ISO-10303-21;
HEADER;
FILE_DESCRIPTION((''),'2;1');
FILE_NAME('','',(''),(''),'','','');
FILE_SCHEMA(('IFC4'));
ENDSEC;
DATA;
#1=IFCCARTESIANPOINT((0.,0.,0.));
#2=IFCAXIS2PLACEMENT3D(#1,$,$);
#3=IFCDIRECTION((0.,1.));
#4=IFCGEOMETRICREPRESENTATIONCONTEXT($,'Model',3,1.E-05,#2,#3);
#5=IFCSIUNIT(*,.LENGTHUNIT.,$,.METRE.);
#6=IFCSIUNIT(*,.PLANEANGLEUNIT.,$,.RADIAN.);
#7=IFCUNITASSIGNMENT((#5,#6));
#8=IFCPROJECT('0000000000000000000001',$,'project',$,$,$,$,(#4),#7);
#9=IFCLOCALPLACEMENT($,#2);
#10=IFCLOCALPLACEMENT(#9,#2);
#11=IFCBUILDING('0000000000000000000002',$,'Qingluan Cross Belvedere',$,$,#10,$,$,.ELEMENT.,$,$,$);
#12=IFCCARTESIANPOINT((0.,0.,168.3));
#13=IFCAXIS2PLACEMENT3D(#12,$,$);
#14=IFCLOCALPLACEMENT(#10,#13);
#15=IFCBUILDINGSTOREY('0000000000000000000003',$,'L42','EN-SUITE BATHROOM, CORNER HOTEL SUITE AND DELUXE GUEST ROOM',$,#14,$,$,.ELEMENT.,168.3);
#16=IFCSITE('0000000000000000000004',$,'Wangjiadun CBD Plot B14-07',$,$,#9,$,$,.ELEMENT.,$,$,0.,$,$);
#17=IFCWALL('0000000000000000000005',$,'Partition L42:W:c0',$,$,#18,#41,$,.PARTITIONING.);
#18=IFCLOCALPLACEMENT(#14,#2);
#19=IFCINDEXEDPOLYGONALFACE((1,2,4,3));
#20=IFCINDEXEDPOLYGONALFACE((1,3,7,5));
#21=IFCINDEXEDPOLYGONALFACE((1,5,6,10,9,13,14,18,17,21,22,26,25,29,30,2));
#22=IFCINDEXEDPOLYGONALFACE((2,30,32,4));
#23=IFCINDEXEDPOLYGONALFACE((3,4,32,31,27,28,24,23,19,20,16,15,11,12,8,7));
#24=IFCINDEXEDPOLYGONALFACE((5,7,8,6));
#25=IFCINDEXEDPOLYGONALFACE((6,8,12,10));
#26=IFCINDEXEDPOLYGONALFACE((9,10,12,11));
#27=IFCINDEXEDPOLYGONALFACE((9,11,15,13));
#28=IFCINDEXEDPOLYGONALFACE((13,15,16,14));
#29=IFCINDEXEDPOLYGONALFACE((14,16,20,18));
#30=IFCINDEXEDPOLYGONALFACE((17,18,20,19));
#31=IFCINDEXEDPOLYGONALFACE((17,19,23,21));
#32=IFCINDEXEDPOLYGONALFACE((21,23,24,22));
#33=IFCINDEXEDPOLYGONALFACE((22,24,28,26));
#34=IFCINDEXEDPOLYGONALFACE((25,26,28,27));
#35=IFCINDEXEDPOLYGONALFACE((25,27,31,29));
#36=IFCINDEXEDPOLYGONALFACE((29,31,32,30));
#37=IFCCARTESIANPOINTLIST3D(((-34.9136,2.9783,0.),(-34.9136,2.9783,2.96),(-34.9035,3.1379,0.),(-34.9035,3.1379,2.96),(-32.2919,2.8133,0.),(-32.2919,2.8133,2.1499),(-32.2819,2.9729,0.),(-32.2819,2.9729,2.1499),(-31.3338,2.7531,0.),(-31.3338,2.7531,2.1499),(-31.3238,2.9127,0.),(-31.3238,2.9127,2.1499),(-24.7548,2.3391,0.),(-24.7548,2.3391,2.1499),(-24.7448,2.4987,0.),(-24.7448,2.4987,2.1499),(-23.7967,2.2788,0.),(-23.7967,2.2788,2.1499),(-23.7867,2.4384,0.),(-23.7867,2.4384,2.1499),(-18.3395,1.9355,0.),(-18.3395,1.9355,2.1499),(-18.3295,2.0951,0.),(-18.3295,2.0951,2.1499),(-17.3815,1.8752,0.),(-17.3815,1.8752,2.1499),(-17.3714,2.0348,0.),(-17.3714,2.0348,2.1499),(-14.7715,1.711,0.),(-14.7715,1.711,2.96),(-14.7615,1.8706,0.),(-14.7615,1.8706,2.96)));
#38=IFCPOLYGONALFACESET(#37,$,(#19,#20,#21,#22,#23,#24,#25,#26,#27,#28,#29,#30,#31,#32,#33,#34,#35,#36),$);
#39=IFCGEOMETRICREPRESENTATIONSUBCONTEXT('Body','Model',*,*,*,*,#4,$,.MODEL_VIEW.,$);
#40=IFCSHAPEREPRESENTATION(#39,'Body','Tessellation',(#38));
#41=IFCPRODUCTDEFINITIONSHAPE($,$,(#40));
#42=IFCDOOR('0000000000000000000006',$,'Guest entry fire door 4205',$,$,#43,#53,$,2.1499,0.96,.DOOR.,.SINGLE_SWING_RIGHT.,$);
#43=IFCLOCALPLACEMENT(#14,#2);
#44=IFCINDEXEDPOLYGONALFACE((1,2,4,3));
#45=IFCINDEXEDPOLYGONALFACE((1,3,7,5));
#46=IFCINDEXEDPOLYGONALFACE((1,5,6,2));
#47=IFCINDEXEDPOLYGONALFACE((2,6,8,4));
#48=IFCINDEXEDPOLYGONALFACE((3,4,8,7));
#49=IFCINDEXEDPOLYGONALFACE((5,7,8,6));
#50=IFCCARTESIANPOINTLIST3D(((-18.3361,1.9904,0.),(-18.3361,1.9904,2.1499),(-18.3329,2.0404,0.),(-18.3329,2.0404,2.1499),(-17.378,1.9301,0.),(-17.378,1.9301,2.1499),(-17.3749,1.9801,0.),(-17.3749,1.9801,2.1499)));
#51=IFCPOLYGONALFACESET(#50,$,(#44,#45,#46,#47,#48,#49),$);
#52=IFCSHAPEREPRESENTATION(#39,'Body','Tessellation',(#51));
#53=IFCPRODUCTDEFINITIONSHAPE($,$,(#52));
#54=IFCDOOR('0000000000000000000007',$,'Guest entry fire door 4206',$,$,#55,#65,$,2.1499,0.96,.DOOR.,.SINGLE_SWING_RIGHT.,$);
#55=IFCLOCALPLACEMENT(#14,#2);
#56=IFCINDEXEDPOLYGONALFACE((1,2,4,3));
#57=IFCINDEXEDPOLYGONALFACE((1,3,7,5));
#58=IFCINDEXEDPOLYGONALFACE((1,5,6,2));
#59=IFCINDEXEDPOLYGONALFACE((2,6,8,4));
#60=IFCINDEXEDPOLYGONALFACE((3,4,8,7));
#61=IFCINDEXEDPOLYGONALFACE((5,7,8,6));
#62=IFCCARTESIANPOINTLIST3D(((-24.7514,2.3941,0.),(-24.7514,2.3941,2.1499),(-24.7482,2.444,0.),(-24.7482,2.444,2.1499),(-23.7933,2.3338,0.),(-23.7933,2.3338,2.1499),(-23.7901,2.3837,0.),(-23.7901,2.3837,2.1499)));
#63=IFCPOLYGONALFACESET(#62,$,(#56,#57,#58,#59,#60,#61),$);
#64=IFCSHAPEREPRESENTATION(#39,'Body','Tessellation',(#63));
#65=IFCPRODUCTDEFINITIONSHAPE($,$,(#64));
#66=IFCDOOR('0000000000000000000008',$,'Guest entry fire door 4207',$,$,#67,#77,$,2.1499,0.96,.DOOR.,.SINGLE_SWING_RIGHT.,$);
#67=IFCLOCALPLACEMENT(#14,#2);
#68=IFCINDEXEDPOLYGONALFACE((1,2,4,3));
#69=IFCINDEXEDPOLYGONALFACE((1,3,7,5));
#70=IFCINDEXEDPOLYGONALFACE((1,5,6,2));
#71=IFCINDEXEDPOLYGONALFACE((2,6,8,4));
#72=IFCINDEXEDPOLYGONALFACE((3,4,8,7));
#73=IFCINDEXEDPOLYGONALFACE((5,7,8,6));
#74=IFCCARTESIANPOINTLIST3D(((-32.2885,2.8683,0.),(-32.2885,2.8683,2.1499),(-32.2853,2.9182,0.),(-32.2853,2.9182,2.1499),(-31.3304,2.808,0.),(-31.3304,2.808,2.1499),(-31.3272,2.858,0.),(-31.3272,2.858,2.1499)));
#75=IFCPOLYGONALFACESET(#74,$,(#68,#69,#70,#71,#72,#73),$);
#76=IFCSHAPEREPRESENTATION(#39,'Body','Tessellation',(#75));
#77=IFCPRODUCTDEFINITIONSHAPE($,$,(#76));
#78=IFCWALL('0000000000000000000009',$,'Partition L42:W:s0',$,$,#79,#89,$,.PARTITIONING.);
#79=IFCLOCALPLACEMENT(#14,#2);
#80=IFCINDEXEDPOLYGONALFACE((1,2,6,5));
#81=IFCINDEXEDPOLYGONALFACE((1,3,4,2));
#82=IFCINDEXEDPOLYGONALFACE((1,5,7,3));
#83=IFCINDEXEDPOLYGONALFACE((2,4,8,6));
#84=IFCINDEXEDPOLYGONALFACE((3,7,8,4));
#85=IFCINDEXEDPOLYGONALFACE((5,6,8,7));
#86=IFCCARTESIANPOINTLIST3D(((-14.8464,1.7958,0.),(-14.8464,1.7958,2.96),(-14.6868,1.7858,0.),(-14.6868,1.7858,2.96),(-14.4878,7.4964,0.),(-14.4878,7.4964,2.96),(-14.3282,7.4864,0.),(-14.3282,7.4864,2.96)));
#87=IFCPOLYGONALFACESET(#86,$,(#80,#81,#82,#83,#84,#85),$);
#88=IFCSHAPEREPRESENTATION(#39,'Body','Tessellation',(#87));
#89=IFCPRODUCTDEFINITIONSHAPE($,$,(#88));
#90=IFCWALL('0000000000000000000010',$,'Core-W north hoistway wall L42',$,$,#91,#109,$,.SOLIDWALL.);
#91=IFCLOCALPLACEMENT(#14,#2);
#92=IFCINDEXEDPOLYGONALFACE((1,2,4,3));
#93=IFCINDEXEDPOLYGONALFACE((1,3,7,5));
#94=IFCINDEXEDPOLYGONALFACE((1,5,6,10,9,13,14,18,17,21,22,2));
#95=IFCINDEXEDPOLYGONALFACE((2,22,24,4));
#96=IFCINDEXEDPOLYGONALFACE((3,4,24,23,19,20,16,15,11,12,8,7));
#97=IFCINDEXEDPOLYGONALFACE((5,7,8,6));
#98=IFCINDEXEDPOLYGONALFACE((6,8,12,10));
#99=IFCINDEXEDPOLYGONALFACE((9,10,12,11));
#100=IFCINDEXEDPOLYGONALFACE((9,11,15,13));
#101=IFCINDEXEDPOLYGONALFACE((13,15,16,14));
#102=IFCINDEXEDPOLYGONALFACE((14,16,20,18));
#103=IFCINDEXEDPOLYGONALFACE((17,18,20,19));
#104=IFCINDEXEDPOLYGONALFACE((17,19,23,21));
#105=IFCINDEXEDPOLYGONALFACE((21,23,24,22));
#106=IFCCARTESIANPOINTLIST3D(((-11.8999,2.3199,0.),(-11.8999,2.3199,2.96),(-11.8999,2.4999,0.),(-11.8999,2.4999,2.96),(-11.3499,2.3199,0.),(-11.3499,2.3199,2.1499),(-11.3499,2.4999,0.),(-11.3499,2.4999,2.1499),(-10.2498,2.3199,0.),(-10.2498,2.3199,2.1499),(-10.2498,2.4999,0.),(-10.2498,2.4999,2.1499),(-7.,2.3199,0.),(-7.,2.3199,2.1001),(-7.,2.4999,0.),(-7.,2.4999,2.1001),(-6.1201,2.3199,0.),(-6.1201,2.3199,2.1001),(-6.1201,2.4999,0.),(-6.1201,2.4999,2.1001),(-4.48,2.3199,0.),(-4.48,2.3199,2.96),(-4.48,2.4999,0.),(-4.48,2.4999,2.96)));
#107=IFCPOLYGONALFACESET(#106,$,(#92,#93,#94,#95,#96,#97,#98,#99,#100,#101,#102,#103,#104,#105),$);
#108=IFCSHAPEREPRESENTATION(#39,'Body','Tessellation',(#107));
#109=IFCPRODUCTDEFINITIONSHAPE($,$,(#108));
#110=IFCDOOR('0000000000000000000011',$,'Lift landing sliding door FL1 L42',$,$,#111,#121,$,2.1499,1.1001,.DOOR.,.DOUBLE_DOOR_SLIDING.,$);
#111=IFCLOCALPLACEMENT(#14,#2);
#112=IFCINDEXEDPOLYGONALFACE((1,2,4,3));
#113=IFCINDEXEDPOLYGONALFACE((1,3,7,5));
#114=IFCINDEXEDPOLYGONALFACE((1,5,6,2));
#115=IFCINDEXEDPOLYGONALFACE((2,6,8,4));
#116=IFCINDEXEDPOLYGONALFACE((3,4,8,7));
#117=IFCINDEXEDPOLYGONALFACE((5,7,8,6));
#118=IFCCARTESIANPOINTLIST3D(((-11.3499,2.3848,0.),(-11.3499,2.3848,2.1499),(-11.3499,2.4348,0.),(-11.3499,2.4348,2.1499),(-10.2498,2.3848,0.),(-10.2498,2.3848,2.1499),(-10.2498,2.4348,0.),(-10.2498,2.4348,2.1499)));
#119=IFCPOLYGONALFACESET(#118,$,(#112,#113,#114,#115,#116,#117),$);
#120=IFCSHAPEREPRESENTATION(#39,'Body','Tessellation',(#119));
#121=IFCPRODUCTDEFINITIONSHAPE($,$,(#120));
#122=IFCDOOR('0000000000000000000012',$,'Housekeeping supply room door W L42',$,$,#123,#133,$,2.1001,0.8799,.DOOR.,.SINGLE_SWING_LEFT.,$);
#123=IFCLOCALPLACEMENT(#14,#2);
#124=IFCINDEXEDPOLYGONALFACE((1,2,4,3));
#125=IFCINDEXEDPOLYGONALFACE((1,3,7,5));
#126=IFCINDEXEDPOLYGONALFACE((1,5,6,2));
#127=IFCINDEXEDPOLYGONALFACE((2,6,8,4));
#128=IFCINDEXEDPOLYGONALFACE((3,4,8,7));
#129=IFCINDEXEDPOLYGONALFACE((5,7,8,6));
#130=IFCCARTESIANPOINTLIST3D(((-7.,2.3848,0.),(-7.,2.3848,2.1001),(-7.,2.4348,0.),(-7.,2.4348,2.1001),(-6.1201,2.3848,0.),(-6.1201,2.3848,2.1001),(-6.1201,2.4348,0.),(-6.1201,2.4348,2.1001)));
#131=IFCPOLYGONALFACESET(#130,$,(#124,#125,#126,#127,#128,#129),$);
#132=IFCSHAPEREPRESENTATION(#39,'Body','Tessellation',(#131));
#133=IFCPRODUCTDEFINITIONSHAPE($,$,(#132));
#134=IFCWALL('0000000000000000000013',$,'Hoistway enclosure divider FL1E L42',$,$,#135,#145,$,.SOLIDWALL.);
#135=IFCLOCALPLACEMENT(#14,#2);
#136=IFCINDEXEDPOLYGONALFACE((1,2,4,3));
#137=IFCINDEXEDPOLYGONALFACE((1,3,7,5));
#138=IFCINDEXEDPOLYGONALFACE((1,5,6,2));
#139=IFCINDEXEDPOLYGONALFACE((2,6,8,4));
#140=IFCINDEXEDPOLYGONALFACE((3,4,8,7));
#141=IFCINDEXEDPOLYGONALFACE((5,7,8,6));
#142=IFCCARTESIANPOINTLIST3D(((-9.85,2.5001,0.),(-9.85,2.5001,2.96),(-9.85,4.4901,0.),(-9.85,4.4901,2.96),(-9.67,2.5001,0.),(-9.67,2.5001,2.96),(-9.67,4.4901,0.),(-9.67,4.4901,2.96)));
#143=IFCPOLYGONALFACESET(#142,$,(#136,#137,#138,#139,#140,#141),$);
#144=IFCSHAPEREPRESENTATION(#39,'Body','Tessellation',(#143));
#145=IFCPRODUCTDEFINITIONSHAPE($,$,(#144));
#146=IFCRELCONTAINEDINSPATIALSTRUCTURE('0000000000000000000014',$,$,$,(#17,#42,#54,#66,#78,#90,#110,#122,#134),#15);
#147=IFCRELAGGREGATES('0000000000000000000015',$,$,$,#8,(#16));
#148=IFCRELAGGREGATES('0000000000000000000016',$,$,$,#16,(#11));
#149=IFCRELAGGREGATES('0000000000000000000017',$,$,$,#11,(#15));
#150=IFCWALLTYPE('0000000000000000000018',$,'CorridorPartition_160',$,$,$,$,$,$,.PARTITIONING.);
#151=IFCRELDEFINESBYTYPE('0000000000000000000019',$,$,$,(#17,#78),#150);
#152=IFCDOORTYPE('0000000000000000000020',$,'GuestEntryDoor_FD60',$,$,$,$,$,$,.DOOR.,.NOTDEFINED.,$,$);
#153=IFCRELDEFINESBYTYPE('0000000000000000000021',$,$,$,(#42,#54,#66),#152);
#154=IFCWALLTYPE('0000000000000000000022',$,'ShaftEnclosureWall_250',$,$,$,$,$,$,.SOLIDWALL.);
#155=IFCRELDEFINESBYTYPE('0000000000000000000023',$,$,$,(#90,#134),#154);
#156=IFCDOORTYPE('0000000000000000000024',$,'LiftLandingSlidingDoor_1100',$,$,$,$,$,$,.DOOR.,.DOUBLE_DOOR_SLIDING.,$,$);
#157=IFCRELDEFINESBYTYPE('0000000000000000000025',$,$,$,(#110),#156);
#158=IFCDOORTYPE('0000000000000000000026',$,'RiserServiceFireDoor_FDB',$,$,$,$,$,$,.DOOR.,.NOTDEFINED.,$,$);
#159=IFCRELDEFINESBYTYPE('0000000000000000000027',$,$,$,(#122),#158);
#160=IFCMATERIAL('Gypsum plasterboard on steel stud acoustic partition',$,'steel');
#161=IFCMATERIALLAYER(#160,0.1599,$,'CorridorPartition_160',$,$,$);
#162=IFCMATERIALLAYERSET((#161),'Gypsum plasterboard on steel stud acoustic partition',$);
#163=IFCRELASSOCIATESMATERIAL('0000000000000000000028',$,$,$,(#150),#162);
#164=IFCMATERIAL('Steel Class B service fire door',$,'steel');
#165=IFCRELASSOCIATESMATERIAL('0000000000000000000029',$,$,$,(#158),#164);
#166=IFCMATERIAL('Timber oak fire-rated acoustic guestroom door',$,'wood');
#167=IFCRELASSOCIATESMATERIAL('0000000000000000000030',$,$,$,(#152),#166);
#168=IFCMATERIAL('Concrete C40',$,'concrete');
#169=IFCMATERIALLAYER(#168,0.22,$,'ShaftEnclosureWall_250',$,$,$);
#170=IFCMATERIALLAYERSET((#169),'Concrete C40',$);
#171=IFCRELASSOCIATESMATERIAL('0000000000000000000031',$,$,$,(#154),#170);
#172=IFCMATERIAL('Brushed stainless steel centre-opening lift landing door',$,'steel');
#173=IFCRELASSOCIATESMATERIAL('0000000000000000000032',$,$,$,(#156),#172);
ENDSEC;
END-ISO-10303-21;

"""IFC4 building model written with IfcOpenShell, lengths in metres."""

from ifc_helpers import new_model, si_unit, direction, frame, frame_2d, origin, place, context, subcontext, project, spatial, rectangle, extrude, material, layer, layer_set, type_object, element, fill, save


model = new_model("IFC4")

# Units and contexts
model_context = context("Model", 3, precision=1e-05, world=origin(), true_north=direction((0.0, 1.0)))
body_context = subcontext(model_context, "Body", "Model", "MODEL_VIEW")
ifc_project = project(units=[si_unit("LENGTHUNIT", "METRE"), si_unit("PLANEANGLEUNIT", "RADIAN")], contexts=[model_context])

# Site, building, storey
site_placement = place(None, origin())
site = spatial("IfcSite", under=ifc_project, at=site_placement, Name="Wangjiadun CBD Plot B14-07", CompositionType="ELEMENT", RefElevation=0.0)
building_placement = place(site_placement, origin())
building = spatial("IfcBuilding", under=site, at=building_placement, Name="Qingluan Cross Belvedere", CompositionType="ELEMENT")
storey_placement = place(building_placement, frame((0.0, 0.0, 168.3)))
storey = spatial("IfcBuildingStorey", under=building, at=storey_placement, Name="L42", Description="EN-SUITE BATHROOM, CORNER HOTEL SUITE AND DELUXE GUEST ROOM", CompositionType="ELEMENT", Elevation=168.3)

# Shared definitions
ifc_material_1 = material(Name="Gypsum plasterboard on steel stud acoustic partition", Category="steel")
ifc_layer_1 = layer(ifc_material_1, 0.1599, Name="CorridorPartition_160")
ifc_layer_set_1 = layer_set([ifc_layer_1], Name="Gypsum plasterboard on steel stud acoustic partition")
wall_type_1 = type_object("IfcWallType", Name="CorridorPartition_160", PredefinedType="PARTITIONING", material=ifc_layer_set_1)
ifc_material_2 = material(Name="Steel Class B service fire door", Category="steel")
door_type_1 = type_object("IfcDoorType", Name="RiserServiceFireDoor_FDB", OperationType="NOTDEFINED", PredefinedType="DOOR", material=ifc_material_2)

# Wall, openings, doors
wall_1_placement = place(storey_placement, frame((-14.7666, 1.7908, 0.0), z_axis=(0.0, 0.0, 1.0), x_axis=(-0.998026, 0.062796, 0.0)))
wall_1 = element("IfcWall", 1, at=wall_1_placement, inside=storey, type_object=wall_type_1, Name="Partition L42:W:c0", PredefinedType="PARTITIONING", context=body_context, shape_type="SweptSolid", body=[
    extrude(rectangle(XDim=20.1819, YDim=0.1599, at=frame_2d((10.0908, 0.0))), origin(), (0.0, 0.0, 1.0), 2.96),
])
opening_1_placement = place(wall_1_placement, frame((2.615, 0.0, 0.0)))
opening_1 = element("IfcOpeningElement", 2, at=opening_1_placement, cuts=wall_1, PredefinedType="OPENING", context=body_context, shape_type="SweptSolid", body=[
    extrude(rectangle(XDim=0.96, YDim=2.1499, at=frame_2d((0.48, 1.075))), frame((0.0, 0.0898, 0.0), z_axis=(0.0, -1.0, 0.0), x_axis=(1.0, 0.0, 0.0)), (0.0, 0.0, 1.0), 0.1799),
])
opening_2_placement = place(wall_1_placement, frame((9.043, 0.0, 0.0)))
opening_2 = element("IfcOpeningElement", 3, at=opening_2_placement, cuts=wall_1, PredefinedType="OPENING", context=body_context, shape_type="SweptSolid", body=[
    extrude(rectangle(XDim=0.96, YDim=2.1499, at=frame_2d((0.48, 1.075))), frame((0.0, 0.0898, 0.0), z_axis=(0.0, -1.0, 0.0), x_axis=(1.0, 0.0, 0.0)), (0.0, 0.0, 1.0), 0.1799),
])
opening_3_placement = place(wall_1_placement, frame((16.595, 0.0, 0.0)))
opening_3 = element("IfcOpeningElement", 4, at=opening_3_placement, cuts=wall_1, PredefinedType="OPENING", context=body_context, shape_type="SweptSolid", body=[
    extrude(rectangle(XDim=0.96, YDim=2.1499, at=frame_2d((0.48, 1.075))), frame((0.0, 0.0898, 0.0), z_axis=(0.0, -1.0, 0.0), x_axis=(1.0, 0.0, 0.0)), (0.0, 0.0, 1.0), 0.1799),
])
ifc_material_3 = material(Name="Timber oak fire-rated acoustic guestroom door", Category="wood")
door_type_2 = type_object("IfcDoorType", Name="GuestEntryDoor_FD60", OperationType="NOTDEFINED", PredefinedType="DOOR", material=ifc_material_3)
door_1_placement = place(opening_1_placement, origin())
door_1 = element("IfcDoor", 5, at=door_1_placement, inside=storey, type_object=door_type_2, Name="Guest entry fire door 4205", OperationType="SINGLE_SWING_RIGHT", OverallHeight=2.1499, OverallWidth=0.96, PredefinedType="DOOR", context=body_context, shape_type="SweptSolid", body=[
    extrude(rectangle(XDim=0.96, YDim=2.1499, at=frame_2d((0.48, 1.075))), frame((0.0, 0.0249, 0.0), z_axis=(0.0, -1.0, 0.0), x_axis=(1.0, 0.0, 0.0)), (0.0, 0.0, 1.0), 0.05),
])
fill(opening_1, door_1)
door_2_placement = place(opening_2_placement, origin())
door_2 = element("IfcDoor", 6, at=door_2_placement, inside=storey, type_object=door_type_2, Name="Guest entry fire door 4206", OperationType="SINGLE_SWING_RIGHT", OverallHeight=2.1499, OverallWidth=0.96, PredefinedType="DOOR", context=body_context, shape_type="SweptSolid", body=[
    extrude(rectangle(XDim=0.96, YDim=2.1499, at=frame_2d((0.48, 1.075))), frame((0.0, 0.0249, 0.0), z_axis=(0.0, -1.0, 0.0), x_axis=(1.0, 0.0, 0.0)), (0.0, 0.0, 1.0), 0.05),
])
fill(opening_2, door_2)
door_3_placement = place(opening_3_placement, origin())
door_3 = element("IfcDoor", 7, at=door_3_placement, inside=storey, type_object=door_type_2, Name="Guest entry fire door 4207", OperationType="SINGLE_SWING_RIGHT", OverallHeight=2.1499, OverallWidth=0.96, PredefinedType="DOOR", context=body_context, shape_type="SweptSolid", body=[
    extrude(rectangle(XDim=0.96, YDim=2.1499, at=frame_2d((0.48, 1.075))), frame((0.0, 0.0249, 0.0), z_axis=(0.0, -1.0, 0.0), x_axis=(1.0, 0.0, 0.0)), (0.0, 0.0, 1.0), 0.05),
])
fill(opening_3, door_3)

# Wall
wall_2_placement = place(storey_placement, frame((-14.7666, 1.7908, 0.0), z_axis=(0.0, 0.0, 1.0), x_axis=(0.062788, 0.998027, 0.0)))
element("IfcWall", 8, at=wall_2_placement, inside=storey, type_object=wall_type_1, Name="Partition L42:W:s0", PredefinedType="PARTITIONING", context=body_context, shape_type="SweptSolid", body=[
    extrude(rectangle(XDim=5.7119, YDim=0.1599, at=frame_2d((2.856, 0.0))), origin(), (0.0, 0.0, 1.0), 2.96),
])

# Wall, openings, doors
ifc_material_4 = material(Name="Concrete C40", Category="concrete")
ifc_layer_2 = layer(ifc_material_4, 0.22, Name="ShaftEnclosureWall_250")
ifc_layer_set_2 = layer_set([ifc_layer_2], Name="Concrete C40")
wall_type_2 = type_object("IfcWallType", Name="ShaftEnclosureWall_250", PredefinedType="SOLIDWALL", material=ifc_layer_set_2)
wall_3_placement = place(storey_placement, frame((-11.8999, 2.4099, 0.0), z_axis=(0.0, 0.0, 1.0), x_axis=(1.0, 0.0, 0.0)))
wall_3 = element("IfcWall", 9, at=wall_3_placement, inside=storey, type_object=wall_type_2, Name="Core-W north hoistway wall L42", PredefinedType="SOLIDWALL", context=body_context, shape_type="SweptSolid", body=[
    extrude(rectangle(XDim=7.4199, YDim=0.1799, at=frame_2d((3.71, 0.0))), origin(), (0.0, 0.0, 1.0), 2.96),
])
opening_4_placement = place(wall_3_placement, frame((0.55, 0.0, 0.0)))
opening_4 = element("IfcOpeningElement", 10, at=opening_4_placement, cuts=wall_3, PredefinedType="OPENING", context=body_context, shape_type="SweptSolid", body=[
    extrude(rectangle(XDim=1.1001, YDim=2.1499, at=frame_2d((0.55, 1.075))), frame((0.0, 0.0999, 0.0), z_axis=(0.0, -1.0, 0.0), x_axis=(1.0, 0.0, 0.0)), (0.0, 0.0, 1.0), 0.2),
])
opening_5_placement = place(wall_3_placement, frame((4.8999, 0.0, 0.0)))
opening_5 = element("IfcOpeningElement", 11, at=opening_5_placement, cuts=wall_3, PredefinedType="OPENING", context=body_context, shape_type="SweptSolid", body=[
    extrude(rectangle(XDim=0.8799, YDim=2.1001, at=frame_2d((0.4399, 1.05))), frame((0.0, 0.0999, 0.0), z_axis=(0.0, -1.0, 0.0), x_axis=(1.0, 0.0, 0.0)), (0.0, 0.0, 1.0), 0.2),
])
ifc_material_5 = material(Name="Brushed stainless steel centre-opening lift landing door", Category="steel")
door_type_3 = type_object("IfcDoorType", Name="LiftLandingSlidingDoor_1100", OperationType="DOUBLE_DOOR_SLIDING", PredefinedType="DOOR", material=ifc_material_5)
door_4_placement = place(opening_4_placement, origin())
door_4 = element("IfcDoor", 12, at=door_4_placement, inside=storey, type_object=door_type_3, Name="Lift landing sliding door FL1 L42", OperationType="DOUBLE_DOOR_SLIDING", OverallHeight=2.1499, OverallWidth=1.1001, PredefinedType="DOOR", context=body_context, shape_type="SweptSolid", body=[
    extrude(rectangle(XDim=1.1001, YDim=2.1499, at=frame_2d((0.55, 1.075))), frame((0.0, 0.0249, 0.0), z_axis=(0.0, -1.0, 0.0), x_axis=(1.0, 0.0, 0.0)), (0.0, 0.0, 1.0), 0.05),
])
fill(opening_4, door_4)
door_5_placement = place(opening_5_placement, origin())
door_5 = element("IfcDoor", 13, at=door_5_placement, inside=storey, type_object=door_type_1, Name="Housekeeping supply room door W L42", OperationType="SINGLE_SWING_LEFT", OverallHeight=2.1001, OverallWidth=0.8799, PredefinedType="DOOR", context=body_context, shape_type="SweptSolid", body=[
    extrude(rectangle(XDim=0.8799, YDim=2.1001, at=frame_2d((0.4399, 1.05))), frame((0.0, 0.0249, 0.0), z_axis=(0.0, -1.0, 0.0), x_axis=(1.0, 0.0, 0.0)), (0.0, 0.0, 1.0), 0.05),
])
fill(opening_5, door_5)

# Wall
wall_4_placement = place(storey_placement, frame((-9.76, 2.5, 0.0), z_axis=(0.0, 0.0, 1.0), x_axis=(0.0, 1.0, 0.0)))
element("IfcWall", 14, at=wall_4_placement, inside=storey, type_object=wall_type_2, Name="Hoistway enclosure divider FL1E L42", PredefinedType="SOLIDWALL", context=body_context, shape_type="SweptSolid", body=[
    extrude(rectangle(XDim=1.99, YDim=0.1799, at=frame_2d((0.9951, 0.0))), origin(), (0.0, 0.0, 1.0), 2.96),
])

save(model, "model.ifc")
